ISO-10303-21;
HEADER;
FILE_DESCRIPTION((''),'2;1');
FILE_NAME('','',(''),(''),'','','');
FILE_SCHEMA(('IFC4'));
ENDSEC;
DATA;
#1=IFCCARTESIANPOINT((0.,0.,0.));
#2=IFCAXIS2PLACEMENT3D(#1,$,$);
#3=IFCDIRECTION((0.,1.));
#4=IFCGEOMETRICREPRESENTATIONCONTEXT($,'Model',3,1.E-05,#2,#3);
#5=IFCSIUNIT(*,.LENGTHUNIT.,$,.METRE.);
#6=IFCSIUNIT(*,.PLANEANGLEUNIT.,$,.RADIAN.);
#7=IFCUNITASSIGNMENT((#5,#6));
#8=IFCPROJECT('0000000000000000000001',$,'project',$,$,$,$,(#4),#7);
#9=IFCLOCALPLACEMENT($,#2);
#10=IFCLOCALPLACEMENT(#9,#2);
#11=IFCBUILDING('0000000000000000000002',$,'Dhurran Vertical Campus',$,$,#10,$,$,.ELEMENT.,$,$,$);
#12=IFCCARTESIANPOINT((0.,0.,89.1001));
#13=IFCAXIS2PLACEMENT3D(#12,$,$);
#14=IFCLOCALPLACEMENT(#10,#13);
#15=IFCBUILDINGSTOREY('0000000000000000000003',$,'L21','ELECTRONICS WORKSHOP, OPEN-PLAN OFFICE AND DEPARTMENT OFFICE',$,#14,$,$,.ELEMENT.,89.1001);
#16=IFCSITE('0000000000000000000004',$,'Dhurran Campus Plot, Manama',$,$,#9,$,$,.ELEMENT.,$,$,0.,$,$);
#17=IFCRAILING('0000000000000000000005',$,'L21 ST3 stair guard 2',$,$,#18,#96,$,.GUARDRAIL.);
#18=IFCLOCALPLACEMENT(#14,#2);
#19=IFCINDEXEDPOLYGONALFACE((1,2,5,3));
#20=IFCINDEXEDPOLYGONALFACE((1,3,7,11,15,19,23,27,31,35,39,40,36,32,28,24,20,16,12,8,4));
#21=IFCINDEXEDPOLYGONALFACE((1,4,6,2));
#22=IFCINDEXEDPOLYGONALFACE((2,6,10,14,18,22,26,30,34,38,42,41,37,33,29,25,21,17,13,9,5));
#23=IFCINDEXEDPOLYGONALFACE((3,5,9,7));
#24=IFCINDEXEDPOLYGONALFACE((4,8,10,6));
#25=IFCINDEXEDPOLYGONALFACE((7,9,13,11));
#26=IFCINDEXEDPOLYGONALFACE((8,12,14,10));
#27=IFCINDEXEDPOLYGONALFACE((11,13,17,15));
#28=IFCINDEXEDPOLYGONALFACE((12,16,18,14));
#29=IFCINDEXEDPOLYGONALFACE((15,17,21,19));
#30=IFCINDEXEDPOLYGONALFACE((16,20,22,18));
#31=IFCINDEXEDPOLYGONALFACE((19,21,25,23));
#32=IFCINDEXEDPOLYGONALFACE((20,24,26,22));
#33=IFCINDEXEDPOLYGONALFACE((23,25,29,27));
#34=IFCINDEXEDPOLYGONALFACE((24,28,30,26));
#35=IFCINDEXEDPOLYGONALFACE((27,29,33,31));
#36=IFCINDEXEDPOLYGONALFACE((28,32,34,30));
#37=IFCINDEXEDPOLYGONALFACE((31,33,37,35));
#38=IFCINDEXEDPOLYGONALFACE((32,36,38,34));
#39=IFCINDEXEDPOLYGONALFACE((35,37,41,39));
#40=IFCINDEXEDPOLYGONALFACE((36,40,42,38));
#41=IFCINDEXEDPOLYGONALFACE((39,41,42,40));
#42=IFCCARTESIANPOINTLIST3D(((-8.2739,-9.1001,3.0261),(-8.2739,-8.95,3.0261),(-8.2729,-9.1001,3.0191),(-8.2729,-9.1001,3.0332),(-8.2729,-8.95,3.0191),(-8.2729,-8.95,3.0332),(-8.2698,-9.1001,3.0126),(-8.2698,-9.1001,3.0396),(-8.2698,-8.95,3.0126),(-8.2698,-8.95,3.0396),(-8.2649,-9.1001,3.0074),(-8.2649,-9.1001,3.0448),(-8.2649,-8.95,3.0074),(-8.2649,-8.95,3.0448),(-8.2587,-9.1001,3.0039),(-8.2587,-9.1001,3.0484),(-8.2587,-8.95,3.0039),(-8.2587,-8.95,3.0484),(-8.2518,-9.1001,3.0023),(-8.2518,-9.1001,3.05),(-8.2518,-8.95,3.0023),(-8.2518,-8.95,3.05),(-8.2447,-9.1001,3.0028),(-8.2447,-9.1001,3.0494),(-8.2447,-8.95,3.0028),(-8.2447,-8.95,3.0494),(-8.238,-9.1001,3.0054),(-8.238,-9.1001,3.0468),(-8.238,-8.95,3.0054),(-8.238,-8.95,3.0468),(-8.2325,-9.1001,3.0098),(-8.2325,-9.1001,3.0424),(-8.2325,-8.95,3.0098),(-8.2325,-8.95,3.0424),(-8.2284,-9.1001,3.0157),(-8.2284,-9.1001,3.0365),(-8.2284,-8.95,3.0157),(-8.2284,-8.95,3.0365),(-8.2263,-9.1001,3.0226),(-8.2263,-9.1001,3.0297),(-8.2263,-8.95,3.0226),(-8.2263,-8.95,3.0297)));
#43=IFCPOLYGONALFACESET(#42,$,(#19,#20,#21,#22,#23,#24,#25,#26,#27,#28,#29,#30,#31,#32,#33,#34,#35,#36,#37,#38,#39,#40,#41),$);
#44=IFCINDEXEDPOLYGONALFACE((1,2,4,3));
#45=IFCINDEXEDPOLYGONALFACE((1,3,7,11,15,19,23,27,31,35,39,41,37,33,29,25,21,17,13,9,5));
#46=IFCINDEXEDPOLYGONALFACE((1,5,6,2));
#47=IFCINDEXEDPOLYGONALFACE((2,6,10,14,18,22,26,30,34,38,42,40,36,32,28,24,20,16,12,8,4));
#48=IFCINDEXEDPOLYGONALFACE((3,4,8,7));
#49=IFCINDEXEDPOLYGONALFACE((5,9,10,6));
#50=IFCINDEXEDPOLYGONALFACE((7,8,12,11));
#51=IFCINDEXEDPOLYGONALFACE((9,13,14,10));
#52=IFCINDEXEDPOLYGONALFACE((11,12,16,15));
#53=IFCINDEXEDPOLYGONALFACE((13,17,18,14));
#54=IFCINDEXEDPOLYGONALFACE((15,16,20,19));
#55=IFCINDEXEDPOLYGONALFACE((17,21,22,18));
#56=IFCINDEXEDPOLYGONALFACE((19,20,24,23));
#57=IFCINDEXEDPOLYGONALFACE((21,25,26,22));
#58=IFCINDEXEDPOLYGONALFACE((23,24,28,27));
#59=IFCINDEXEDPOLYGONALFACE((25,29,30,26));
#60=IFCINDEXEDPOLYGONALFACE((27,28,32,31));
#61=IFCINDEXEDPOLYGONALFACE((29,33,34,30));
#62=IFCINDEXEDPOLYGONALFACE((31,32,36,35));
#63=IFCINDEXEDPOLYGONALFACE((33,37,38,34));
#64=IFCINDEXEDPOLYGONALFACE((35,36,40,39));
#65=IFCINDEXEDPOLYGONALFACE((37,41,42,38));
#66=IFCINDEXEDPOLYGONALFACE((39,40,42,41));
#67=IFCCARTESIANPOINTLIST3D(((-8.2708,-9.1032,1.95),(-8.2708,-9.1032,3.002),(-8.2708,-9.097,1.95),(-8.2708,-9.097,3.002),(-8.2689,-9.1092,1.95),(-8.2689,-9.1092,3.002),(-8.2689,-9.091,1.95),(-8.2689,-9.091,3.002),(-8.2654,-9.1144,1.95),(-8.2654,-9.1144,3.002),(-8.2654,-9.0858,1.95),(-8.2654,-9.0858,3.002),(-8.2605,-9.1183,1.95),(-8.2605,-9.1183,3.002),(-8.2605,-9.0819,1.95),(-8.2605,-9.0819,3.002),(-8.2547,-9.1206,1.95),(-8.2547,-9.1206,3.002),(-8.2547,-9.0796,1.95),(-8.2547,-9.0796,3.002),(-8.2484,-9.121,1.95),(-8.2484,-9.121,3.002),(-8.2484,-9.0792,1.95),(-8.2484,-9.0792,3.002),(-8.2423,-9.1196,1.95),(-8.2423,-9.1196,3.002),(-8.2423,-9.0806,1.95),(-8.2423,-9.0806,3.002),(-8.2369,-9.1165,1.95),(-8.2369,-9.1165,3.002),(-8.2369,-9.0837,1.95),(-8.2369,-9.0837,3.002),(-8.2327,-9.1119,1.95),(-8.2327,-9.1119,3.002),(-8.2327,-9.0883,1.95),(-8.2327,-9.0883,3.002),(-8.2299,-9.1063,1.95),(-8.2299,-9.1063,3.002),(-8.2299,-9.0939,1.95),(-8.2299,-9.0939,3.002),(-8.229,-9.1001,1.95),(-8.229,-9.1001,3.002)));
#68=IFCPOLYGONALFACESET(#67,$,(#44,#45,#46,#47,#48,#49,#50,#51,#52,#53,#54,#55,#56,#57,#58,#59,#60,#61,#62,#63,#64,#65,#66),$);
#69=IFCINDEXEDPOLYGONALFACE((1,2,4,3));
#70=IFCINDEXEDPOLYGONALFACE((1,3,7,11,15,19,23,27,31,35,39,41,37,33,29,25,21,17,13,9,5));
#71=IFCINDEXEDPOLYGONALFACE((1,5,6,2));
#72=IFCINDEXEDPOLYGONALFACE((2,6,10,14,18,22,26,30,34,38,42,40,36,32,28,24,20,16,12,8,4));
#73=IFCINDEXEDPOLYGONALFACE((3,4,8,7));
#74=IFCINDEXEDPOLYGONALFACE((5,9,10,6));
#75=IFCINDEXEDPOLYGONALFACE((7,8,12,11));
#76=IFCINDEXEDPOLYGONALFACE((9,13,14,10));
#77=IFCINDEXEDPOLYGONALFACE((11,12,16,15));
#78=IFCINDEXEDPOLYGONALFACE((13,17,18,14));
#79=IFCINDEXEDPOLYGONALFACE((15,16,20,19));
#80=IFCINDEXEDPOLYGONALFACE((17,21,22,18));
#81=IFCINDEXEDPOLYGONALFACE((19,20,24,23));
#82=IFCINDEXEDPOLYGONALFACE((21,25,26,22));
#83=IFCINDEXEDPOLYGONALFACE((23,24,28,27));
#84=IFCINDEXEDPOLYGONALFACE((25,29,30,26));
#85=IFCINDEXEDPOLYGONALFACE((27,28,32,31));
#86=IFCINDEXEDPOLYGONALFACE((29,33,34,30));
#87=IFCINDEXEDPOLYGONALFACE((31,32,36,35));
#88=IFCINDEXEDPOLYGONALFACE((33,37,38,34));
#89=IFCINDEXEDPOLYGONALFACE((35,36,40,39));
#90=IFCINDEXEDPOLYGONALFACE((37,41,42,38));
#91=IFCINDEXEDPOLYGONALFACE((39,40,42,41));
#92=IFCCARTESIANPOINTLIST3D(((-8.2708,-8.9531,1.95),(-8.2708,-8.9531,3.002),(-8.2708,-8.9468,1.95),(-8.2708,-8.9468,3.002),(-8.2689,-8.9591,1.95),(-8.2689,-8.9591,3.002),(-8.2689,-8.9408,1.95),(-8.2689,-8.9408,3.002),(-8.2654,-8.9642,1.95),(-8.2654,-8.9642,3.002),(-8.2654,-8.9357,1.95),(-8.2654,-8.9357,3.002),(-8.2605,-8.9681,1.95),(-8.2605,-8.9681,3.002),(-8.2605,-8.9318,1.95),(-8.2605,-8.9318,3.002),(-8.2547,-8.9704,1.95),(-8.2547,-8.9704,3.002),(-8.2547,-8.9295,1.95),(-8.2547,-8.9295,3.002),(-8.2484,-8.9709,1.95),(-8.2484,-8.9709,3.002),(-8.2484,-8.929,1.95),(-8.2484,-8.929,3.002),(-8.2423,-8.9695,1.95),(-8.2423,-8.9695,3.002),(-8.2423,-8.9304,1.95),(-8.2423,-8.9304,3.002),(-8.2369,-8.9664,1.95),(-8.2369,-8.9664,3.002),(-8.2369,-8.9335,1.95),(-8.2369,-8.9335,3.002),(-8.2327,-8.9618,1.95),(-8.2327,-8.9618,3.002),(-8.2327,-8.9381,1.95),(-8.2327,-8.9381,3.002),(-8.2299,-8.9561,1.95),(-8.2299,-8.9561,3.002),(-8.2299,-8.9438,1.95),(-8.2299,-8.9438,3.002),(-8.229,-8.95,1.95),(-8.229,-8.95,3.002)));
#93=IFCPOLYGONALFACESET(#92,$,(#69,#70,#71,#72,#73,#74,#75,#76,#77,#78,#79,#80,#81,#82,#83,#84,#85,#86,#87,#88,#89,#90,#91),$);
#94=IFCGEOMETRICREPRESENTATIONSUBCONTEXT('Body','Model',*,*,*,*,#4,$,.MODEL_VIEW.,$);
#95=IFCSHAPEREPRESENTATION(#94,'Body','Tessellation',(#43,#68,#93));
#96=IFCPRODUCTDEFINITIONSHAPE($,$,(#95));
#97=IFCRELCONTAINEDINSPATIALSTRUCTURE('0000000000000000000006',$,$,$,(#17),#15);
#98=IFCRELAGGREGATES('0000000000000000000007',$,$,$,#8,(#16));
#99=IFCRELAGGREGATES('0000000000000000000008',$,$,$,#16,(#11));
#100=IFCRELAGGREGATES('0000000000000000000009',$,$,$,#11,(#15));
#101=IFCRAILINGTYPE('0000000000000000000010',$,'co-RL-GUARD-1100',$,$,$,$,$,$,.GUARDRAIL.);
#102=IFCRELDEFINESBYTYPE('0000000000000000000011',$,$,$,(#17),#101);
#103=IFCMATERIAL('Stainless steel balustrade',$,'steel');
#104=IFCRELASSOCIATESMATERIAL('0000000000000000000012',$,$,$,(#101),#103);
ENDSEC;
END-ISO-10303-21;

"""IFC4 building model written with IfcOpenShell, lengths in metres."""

from ifc_helpers import new_model, si_unit, direction, frame, origin, origin_2d, place, context, subcontext, project, spatial, circle, extrude, material, type_object, element, save


model = new_model("IFC4")

# Units and contexts
model_context = context("Model", 3, precision=1e-05, world=origin(), true_north=direction((0.0, 1.0)))
body_context = subcontext(model_context, "Body", "Model", "MODEL_VIEW")
ifc_project = project(units=[si_unit("LENGTHUNIT", "METRE"), si_unit("PLANEANGLEUNIT", "RADIAN")], contexts=[model_context])

# Site, building, storey
site_placement = place(None, origin())
site = spatial("IfcSite", under=ifc_project, at=site_placement, Name="Dhurran Campus Plot, Manama", CompositionType="ELEMENT", RefElevation=0.0)
building_placement = place(site_placement, origin())
building = spatial("IfcBuilding", under=site, at=building_placement, Name="Dhurran Vertical Campus", CompositionType="ELEMENT")
storey_placement = place(building_placement, frame((0.0, 0.0, 89.1001)))
storey = spatial("IfcBuildingStorey", under=building, at=storey_placement, Name="L21", Description="ELECTRONICS WORKSHOP, OPEN-PLAN OFFICE AND DEPARTMENT OFFICE", CompositionType="ELEMENT", Elevation=89.1001)

# Railing
ifc_material_1 = material(Name="Stainless steel balustrade", Category="steel")
railing_type_1 = type_object("IfcRailingType", Name="co-RL-GUARD-1100", PredefinedType="GUARDRAIL", material=ifc_material_1)
railing_1_placement = place(storey_placement, frame((-8.25, -9.1001, 1.95)))
element("IfcRailing", 1, at=railing_1_placement, inside=storey, type_object=railing_type_1, Name="L21 ST3 stair guard 2", PredefinedType="GUARDRAIL", context=body_context, shape_type="SweptSolid", body=[
    extrude(circle(Radius=0.0239, at=origin_2d()), frame((0.0, 0.0, 1.0762), z_axis=(0.0, 1.0, 0.0), x_axis=(-1.0, 0.0, 0.0)), (0.0, 0.0, 1.0), 0.1501),
    extrude(circle(Radius=0.021, at=origin_2d()), origin(), (0.0, 0.0, 1.0), 1.052),
    extrude(circle(Radius=0.021, at=origin_2d()), frame((0.0, 0.1501, 0.0)), (0.0, 0.0, 1.0), 1.052),
])

save(model, "model.ifc")
